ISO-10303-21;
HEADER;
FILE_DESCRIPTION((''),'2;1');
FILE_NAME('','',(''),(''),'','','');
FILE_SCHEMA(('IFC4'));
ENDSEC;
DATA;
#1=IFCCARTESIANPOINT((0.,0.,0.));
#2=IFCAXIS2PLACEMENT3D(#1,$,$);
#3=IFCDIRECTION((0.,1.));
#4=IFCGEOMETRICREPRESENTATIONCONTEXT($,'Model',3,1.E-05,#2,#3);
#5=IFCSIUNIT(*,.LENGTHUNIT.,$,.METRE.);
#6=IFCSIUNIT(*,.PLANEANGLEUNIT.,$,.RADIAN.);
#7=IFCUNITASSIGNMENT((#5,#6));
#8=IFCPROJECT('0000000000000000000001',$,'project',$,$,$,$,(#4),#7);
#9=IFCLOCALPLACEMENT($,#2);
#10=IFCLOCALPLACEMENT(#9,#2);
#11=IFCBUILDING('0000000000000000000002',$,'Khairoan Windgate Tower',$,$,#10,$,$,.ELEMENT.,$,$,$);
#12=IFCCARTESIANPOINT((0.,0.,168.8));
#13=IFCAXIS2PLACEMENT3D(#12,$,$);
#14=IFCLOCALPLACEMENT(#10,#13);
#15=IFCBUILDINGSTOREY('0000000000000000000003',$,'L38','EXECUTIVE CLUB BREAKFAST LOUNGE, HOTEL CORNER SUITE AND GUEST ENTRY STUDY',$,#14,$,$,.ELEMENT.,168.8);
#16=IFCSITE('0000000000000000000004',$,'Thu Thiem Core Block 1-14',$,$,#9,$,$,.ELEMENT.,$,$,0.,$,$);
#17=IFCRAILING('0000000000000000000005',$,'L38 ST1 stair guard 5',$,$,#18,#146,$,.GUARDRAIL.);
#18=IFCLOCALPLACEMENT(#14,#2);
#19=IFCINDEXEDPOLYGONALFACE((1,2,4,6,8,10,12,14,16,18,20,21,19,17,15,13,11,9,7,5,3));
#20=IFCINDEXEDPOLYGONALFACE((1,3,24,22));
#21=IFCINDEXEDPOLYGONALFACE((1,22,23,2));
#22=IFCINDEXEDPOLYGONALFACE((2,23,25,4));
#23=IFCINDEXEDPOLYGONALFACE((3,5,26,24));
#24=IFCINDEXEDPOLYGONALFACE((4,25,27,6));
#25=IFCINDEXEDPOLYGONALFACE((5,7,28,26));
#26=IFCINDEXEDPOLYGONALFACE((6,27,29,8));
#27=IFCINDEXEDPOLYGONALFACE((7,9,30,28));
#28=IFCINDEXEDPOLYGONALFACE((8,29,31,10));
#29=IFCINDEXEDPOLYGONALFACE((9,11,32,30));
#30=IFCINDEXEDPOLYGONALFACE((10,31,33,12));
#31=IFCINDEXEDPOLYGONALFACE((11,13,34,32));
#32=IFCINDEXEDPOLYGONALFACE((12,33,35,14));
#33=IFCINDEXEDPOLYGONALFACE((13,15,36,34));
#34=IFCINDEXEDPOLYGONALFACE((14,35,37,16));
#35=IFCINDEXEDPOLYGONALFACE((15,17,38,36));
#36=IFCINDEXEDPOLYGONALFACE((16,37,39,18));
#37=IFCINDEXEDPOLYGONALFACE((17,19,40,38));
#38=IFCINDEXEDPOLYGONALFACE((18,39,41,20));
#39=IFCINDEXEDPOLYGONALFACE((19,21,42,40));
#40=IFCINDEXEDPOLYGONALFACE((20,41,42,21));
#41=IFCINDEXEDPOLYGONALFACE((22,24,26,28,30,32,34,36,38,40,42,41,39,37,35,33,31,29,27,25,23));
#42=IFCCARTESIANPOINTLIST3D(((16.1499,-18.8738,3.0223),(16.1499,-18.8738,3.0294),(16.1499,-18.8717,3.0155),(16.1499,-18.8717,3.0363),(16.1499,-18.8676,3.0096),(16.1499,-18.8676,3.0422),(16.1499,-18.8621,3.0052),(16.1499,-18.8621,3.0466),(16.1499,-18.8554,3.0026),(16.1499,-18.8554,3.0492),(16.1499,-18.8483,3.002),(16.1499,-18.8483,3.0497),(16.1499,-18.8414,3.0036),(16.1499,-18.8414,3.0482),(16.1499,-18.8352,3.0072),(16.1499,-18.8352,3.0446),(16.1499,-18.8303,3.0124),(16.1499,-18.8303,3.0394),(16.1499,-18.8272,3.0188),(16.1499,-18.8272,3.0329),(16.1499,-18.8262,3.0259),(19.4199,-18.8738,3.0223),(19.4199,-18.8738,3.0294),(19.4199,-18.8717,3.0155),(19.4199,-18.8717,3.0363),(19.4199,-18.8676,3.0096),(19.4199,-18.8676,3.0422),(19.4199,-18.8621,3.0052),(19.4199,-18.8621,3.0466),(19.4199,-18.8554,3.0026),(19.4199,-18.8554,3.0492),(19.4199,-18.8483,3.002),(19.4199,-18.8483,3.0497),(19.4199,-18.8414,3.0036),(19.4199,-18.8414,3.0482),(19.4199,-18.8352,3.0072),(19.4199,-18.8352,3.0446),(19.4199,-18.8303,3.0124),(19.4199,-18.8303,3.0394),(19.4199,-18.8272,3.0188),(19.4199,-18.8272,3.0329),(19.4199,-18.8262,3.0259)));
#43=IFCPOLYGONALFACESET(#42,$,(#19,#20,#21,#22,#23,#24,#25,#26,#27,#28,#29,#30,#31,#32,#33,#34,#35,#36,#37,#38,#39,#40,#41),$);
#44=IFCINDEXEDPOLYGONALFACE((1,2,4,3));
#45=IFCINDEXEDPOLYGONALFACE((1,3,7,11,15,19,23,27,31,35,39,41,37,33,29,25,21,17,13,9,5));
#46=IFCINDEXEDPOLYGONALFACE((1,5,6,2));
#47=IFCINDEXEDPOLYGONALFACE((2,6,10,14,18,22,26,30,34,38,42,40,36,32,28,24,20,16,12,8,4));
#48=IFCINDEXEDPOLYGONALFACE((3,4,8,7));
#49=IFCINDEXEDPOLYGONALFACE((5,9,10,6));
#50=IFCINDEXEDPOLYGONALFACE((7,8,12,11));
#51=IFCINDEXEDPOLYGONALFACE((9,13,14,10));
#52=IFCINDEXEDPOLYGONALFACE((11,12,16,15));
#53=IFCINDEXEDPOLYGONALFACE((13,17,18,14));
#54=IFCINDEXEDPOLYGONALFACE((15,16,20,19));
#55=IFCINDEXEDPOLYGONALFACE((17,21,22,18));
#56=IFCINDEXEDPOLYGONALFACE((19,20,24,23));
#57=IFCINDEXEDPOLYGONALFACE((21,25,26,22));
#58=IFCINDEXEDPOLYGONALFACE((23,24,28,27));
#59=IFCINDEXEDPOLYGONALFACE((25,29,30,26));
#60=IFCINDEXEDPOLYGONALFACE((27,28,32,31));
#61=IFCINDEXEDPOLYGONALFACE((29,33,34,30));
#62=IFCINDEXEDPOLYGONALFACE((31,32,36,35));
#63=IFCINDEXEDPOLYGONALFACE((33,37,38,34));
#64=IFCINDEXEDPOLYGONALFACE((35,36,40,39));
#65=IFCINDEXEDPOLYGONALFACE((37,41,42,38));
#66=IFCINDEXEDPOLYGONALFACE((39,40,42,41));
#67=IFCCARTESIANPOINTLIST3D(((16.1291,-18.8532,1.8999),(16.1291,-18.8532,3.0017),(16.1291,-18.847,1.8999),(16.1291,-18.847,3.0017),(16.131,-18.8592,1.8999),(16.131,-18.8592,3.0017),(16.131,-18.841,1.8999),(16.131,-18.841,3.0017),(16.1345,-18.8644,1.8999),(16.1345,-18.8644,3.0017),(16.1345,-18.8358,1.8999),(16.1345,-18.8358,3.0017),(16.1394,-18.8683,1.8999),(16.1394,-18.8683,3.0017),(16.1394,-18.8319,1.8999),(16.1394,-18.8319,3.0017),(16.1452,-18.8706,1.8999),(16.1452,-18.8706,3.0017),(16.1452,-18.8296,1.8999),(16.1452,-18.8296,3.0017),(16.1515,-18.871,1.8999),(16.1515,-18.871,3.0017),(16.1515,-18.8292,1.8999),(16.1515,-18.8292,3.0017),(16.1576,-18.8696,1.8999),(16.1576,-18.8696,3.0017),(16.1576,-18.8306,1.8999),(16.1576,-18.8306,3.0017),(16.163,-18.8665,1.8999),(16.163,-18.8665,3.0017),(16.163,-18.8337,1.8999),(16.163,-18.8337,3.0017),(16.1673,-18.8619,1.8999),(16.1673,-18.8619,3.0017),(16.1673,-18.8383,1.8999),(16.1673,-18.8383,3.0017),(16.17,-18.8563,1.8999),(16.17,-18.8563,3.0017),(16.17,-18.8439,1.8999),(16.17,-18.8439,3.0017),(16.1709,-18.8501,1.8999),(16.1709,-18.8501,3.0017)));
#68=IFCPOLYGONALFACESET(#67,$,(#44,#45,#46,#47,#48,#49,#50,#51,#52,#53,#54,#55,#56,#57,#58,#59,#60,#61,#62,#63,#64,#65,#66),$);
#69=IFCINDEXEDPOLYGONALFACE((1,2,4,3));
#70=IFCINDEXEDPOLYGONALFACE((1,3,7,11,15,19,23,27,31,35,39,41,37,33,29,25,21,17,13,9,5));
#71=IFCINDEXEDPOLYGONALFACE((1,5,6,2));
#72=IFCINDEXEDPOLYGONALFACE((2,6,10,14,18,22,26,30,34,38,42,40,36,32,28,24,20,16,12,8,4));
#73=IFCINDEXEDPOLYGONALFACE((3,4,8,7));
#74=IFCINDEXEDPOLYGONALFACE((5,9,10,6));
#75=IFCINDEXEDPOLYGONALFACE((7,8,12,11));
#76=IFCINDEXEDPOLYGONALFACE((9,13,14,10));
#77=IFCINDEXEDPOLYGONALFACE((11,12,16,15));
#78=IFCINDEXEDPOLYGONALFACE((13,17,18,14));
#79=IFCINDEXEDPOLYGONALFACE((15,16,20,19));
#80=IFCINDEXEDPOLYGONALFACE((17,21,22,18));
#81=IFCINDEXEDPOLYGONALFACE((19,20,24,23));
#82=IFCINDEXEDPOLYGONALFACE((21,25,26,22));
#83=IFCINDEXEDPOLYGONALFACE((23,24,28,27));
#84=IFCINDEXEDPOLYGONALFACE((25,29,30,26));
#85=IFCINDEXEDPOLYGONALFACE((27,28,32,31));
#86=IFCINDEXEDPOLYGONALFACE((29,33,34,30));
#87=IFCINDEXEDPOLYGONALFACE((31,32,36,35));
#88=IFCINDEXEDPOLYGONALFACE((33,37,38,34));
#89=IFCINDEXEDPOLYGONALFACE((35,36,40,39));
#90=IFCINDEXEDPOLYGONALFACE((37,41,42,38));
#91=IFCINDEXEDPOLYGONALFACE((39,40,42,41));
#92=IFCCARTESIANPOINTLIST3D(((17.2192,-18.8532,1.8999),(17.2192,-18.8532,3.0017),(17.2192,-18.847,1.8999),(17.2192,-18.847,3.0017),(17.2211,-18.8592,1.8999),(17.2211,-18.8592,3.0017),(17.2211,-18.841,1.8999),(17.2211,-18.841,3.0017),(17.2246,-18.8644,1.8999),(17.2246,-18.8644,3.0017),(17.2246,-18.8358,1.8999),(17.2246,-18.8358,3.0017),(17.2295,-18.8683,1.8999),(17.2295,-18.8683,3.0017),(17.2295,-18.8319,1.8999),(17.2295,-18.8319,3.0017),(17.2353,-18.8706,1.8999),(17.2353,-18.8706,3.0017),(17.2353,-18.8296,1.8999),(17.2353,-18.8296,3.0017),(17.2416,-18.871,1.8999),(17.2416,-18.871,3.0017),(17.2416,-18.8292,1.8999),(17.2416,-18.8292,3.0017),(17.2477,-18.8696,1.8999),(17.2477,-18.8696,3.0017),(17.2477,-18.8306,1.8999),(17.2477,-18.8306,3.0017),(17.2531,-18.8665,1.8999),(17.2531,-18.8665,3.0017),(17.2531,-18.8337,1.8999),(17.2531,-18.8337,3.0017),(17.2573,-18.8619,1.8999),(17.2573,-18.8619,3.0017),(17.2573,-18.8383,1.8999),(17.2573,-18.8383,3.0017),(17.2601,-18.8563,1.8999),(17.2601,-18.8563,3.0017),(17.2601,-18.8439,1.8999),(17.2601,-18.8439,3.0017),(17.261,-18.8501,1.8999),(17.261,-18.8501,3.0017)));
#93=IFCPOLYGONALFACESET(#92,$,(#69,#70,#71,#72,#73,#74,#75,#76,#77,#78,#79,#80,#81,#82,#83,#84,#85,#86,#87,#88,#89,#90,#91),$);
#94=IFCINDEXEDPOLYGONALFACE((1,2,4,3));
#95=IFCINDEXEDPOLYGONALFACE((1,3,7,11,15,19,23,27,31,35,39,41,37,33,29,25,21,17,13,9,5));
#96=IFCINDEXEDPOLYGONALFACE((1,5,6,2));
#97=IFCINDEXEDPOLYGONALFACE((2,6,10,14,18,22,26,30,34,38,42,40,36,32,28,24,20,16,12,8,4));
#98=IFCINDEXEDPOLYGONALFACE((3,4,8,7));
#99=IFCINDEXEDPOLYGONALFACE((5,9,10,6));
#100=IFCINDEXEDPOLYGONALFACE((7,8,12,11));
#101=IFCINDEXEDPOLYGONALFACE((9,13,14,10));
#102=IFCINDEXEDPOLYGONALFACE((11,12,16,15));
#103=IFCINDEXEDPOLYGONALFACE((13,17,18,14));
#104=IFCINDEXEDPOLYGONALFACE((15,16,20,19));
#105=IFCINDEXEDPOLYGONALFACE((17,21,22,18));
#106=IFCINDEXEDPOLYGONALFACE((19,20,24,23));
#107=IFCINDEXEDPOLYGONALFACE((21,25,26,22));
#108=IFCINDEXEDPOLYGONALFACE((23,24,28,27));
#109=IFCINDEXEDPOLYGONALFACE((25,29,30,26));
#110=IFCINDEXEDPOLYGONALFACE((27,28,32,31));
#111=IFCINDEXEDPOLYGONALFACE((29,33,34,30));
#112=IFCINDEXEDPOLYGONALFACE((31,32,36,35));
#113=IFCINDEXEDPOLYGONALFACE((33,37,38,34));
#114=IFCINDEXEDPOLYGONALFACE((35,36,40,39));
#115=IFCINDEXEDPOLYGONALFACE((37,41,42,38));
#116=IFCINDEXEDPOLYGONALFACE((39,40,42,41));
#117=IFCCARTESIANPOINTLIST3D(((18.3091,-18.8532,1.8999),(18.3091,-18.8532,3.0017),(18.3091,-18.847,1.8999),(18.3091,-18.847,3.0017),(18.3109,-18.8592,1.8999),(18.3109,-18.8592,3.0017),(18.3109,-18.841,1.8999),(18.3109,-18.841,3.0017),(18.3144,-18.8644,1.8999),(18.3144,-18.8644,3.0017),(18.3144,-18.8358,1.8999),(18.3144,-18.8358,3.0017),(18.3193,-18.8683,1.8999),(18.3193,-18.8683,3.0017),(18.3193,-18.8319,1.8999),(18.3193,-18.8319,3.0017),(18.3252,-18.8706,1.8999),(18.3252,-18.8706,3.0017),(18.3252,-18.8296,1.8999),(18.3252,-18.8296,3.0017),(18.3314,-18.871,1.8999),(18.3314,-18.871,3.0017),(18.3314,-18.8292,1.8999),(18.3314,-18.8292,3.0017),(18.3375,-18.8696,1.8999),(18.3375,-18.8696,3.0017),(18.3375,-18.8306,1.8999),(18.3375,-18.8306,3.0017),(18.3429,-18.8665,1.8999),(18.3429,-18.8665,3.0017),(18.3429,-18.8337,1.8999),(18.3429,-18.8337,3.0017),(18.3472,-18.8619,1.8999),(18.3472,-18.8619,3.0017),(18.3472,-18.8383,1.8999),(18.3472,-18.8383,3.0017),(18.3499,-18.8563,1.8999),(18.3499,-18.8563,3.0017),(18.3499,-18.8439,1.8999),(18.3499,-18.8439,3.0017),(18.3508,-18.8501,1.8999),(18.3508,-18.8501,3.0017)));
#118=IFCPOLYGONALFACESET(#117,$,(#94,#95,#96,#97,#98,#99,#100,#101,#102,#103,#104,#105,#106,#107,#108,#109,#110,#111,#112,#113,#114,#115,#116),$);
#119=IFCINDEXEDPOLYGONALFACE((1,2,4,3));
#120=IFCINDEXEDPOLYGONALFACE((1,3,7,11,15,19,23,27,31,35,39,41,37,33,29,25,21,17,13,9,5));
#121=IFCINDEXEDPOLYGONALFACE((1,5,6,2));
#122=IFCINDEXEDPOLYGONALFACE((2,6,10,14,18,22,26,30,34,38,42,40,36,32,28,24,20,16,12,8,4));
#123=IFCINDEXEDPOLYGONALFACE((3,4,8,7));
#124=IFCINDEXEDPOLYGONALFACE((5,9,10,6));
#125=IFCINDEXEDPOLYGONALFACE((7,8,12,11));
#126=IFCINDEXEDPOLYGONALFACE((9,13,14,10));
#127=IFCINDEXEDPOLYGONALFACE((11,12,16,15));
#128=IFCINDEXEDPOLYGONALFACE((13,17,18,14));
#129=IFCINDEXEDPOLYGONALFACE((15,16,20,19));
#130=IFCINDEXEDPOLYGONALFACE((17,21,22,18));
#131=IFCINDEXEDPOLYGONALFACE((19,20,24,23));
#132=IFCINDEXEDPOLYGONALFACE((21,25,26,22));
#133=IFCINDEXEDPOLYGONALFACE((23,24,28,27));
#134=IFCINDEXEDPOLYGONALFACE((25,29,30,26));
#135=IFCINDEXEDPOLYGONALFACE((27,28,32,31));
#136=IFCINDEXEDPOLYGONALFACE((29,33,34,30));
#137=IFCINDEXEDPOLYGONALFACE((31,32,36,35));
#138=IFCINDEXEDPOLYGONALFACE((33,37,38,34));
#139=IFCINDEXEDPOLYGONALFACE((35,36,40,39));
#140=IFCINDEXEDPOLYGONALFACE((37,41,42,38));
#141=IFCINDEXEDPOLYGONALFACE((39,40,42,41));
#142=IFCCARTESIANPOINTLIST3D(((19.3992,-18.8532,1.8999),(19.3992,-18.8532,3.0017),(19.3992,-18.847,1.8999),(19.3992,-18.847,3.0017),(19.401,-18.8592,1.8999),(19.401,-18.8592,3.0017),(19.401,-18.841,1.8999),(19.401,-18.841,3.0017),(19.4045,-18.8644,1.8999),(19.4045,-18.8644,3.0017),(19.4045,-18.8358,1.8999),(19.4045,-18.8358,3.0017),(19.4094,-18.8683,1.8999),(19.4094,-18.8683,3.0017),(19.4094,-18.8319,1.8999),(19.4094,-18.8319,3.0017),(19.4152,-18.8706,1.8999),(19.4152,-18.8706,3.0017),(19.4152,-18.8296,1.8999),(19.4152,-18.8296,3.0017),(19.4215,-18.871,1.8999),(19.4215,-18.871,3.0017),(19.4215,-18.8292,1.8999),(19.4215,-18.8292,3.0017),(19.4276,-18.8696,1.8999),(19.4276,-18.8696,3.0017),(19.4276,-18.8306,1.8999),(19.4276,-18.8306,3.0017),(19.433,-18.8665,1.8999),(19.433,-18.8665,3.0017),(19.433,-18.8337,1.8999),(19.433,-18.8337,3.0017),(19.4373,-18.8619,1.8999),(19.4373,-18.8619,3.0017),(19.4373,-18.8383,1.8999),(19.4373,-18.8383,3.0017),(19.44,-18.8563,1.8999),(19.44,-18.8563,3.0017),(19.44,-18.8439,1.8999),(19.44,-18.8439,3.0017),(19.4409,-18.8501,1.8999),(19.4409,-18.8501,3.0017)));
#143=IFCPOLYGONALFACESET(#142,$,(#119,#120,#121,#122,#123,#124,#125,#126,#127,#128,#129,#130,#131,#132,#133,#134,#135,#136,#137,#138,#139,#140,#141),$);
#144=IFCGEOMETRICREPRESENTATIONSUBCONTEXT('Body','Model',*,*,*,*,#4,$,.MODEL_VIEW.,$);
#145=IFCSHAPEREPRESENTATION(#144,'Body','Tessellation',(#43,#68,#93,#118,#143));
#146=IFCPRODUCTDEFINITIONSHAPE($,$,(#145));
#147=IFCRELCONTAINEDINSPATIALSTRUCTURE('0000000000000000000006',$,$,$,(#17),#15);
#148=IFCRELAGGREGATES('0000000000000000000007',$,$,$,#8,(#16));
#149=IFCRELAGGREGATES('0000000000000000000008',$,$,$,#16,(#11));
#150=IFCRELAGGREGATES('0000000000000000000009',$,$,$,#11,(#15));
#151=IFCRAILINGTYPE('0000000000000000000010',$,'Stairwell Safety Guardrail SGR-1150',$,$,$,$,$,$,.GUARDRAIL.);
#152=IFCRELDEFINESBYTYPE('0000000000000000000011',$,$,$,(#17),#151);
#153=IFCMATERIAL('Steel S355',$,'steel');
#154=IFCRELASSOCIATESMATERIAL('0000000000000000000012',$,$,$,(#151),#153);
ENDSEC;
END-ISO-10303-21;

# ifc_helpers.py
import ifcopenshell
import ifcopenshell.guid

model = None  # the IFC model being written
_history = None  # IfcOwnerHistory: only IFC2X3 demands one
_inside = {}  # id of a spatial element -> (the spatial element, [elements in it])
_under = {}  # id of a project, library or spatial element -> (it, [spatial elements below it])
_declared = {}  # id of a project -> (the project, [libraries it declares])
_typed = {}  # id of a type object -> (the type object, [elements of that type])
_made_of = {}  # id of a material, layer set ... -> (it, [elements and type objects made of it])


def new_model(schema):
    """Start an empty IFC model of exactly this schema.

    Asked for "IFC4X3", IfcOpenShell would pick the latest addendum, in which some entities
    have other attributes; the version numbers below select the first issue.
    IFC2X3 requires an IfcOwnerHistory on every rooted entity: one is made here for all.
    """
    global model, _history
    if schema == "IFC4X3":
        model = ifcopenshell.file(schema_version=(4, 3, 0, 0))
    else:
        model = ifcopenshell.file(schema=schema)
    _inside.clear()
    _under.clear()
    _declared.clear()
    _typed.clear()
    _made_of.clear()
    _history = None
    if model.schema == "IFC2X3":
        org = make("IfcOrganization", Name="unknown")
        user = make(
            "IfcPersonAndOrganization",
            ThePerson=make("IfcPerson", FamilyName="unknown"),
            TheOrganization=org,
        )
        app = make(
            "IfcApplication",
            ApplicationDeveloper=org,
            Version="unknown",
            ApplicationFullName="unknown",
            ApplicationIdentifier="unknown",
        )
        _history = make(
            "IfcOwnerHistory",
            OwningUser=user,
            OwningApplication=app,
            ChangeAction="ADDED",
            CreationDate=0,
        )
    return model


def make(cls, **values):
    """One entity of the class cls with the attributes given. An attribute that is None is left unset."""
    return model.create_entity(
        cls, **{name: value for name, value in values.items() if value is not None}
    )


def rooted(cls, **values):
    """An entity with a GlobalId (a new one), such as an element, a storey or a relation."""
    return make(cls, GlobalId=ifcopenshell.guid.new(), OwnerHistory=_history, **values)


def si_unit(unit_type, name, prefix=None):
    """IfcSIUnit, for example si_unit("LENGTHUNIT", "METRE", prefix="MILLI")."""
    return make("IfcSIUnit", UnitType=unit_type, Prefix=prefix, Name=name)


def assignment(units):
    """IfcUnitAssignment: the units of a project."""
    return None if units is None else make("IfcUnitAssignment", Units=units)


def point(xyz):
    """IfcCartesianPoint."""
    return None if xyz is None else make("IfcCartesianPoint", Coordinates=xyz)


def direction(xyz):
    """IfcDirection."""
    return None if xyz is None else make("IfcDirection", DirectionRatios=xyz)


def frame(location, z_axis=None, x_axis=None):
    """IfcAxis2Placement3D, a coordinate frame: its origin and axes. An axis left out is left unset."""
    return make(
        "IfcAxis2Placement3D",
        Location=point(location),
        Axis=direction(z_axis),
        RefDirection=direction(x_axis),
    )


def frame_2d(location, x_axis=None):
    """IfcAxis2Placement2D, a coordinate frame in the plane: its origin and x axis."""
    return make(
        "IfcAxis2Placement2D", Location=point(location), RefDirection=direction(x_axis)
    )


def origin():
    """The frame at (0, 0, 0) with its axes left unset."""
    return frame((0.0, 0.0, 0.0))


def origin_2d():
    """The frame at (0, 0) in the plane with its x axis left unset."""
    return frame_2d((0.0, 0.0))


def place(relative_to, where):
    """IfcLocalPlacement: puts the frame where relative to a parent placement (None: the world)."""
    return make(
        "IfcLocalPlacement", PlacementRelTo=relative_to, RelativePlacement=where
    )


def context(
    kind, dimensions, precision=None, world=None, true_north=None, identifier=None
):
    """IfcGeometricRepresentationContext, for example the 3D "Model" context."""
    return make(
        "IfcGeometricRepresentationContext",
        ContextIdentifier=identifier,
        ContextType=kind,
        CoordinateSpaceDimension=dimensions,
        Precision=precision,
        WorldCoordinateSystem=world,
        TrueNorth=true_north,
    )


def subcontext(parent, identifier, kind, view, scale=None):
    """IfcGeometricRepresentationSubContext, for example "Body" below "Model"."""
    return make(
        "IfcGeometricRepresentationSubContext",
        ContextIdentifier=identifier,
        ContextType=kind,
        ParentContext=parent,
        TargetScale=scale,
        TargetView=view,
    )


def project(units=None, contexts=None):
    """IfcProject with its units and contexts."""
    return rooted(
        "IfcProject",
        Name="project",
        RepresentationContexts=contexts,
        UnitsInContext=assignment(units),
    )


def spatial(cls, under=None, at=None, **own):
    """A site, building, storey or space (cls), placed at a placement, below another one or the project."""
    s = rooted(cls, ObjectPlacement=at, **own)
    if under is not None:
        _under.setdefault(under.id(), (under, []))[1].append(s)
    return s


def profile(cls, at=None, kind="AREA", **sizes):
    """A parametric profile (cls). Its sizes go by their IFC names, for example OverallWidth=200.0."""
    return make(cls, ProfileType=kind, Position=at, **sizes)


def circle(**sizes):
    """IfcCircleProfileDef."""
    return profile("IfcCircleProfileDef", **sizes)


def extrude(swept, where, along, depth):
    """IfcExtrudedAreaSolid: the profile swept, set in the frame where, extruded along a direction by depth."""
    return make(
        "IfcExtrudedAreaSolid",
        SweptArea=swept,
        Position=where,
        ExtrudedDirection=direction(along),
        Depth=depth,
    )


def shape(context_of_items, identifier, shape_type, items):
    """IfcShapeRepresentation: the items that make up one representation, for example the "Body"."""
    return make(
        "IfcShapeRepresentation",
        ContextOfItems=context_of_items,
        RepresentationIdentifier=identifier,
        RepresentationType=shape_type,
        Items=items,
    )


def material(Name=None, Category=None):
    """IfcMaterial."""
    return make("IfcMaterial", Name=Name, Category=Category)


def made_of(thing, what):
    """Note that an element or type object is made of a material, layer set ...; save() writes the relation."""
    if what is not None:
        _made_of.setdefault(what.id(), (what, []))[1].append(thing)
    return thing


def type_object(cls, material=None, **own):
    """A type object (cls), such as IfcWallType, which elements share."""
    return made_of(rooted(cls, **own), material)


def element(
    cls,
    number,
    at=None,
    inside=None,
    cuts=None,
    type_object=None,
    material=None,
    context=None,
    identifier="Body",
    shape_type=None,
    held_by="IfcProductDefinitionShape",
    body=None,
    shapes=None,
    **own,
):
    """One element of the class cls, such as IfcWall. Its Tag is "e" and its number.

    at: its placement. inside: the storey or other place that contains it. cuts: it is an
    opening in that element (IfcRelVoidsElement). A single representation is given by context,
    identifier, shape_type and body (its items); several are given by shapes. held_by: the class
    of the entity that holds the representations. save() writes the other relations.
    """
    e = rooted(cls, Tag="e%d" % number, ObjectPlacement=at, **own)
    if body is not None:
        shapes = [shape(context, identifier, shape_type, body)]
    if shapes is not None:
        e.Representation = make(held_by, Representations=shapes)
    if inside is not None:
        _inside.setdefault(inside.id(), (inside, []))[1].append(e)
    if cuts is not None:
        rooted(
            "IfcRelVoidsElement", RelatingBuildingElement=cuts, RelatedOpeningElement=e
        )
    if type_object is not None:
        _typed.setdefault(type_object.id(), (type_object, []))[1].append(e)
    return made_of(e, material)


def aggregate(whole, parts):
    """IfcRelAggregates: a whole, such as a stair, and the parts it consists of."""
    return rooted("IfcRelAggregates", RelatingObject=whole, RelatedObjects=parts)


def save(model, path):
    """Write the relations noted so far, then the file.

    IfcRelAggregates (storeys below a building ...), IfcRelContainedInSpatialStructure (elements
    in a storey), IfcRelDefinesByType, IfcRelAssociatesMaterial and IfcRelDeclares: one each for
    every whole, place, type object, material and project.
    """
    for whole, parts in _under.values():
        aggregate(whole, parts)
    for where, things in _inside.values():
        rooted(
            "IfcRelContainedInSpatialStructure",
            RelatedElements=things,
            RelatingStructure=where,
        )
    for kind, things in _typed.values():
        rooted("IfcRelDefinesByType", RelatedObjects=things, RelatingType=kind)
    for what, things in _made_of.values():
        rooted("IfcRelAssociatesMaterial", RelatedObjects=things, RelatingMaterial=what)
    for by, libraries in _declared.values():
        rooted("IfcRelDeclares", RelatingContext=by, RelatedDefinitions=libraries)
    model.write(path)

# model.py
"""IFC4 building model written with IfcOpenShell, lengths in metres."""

from ifc_helpers import new_model, si_unit, direction, frame, origin, origin_2d, place, context, subcontext, project, spatial, circle, extrude, material, type_object, element, save


model = new_model("IFC4")

# Units and contexts
model_context = context("Model", 3, precision=1e-05, world=origin(), true_north=direction((0.0, 1.0)))
body_context = subcontext(model_context, "Body", "Model", "MODEL_VIEW")
ifc_project = project(units=[si_unit("LENGTHUNIT", "METRE"), si_unit("PLANEANGLEUNIT", "RADIAN")], contexts=[model_context])

# Site, building, storey
site_placement = place(None, origin())
site = spatial("IfcSite", under=ifc_project, at=site_placement, Name="Thu Thiem Core Block 1-14", CompositionType="ELEMENT", RefElevation=0.0)
building_placement = place(site_placement, origin())
building = spatial("IfcBuilding", under=site, at=building_placement, Name="Khairoan Windgate Tower", CompositionType="ELEMENT")
storey_placement = place(building_placement, frame((0.0, 0.0, 168.8)))
storey = spatial("IfcBuildingStorey", under=building, at=storey_placement, Name="L38", Description="EXECUTIVE CLUB BREAKFAST LOUNGE, HOTEL CORNER SUITE AND GUEST ENTRY STUDY", CompositionType="ELEMENT", Elevation=168.8)

# Railing
ifc_material_1 = material(Name="Steel S355", Category="steel")
railing_type = type_object("IfcRailingType", Name="Stairwell Safety Guardrail SGR-1150", PredefinedType="GUARDRAIL", material=ifc_material_1)
railing_1_placement = place(storey_placement, frame((16.1499, -18.8501, 1.8999)))
element("IfcRailing", 1, at=railing_1_placement, inside=storey, type_object=railing_type, Name="L38 ST1 stair guard 5", PredefinedType="GUARDRAIL", context=body_context, shape_type="SweptSolid", body=[
    extrude(circle(Radius=0.0239, at=origin_2d()), frame((0.0, 0.0, 1.126), z_axis=(1.0, 0.0, 0.0), x_axis=(0.0, 1.0, 0.0)), (0.0, 0.0, 1.0), 3.27),
    extrude(circle(Radius=0.021, at=origin_2d()), origin(), (0.0, 0.0, 1.0), 1.1018),
    extrude(circle(Radius=0.021, at=origin_2d()), frame((1.0901, 0.0, 0.0)), (0.0, 0.0, 1.0), 1.1018),
    extrude(circle(Radius=0.021, at=origin_2d()), frame((2.1799, 0.0, 0.0)), (0.0, 0.0, 1.0), 1.1018),
    extrude(circle(Radius=0.021, at=origin_2d()), frame((3.27, 0.0, 0.0)), (0.0, 0.0, 1.0), 1.1018),
])

save(model, "model.ifc")
